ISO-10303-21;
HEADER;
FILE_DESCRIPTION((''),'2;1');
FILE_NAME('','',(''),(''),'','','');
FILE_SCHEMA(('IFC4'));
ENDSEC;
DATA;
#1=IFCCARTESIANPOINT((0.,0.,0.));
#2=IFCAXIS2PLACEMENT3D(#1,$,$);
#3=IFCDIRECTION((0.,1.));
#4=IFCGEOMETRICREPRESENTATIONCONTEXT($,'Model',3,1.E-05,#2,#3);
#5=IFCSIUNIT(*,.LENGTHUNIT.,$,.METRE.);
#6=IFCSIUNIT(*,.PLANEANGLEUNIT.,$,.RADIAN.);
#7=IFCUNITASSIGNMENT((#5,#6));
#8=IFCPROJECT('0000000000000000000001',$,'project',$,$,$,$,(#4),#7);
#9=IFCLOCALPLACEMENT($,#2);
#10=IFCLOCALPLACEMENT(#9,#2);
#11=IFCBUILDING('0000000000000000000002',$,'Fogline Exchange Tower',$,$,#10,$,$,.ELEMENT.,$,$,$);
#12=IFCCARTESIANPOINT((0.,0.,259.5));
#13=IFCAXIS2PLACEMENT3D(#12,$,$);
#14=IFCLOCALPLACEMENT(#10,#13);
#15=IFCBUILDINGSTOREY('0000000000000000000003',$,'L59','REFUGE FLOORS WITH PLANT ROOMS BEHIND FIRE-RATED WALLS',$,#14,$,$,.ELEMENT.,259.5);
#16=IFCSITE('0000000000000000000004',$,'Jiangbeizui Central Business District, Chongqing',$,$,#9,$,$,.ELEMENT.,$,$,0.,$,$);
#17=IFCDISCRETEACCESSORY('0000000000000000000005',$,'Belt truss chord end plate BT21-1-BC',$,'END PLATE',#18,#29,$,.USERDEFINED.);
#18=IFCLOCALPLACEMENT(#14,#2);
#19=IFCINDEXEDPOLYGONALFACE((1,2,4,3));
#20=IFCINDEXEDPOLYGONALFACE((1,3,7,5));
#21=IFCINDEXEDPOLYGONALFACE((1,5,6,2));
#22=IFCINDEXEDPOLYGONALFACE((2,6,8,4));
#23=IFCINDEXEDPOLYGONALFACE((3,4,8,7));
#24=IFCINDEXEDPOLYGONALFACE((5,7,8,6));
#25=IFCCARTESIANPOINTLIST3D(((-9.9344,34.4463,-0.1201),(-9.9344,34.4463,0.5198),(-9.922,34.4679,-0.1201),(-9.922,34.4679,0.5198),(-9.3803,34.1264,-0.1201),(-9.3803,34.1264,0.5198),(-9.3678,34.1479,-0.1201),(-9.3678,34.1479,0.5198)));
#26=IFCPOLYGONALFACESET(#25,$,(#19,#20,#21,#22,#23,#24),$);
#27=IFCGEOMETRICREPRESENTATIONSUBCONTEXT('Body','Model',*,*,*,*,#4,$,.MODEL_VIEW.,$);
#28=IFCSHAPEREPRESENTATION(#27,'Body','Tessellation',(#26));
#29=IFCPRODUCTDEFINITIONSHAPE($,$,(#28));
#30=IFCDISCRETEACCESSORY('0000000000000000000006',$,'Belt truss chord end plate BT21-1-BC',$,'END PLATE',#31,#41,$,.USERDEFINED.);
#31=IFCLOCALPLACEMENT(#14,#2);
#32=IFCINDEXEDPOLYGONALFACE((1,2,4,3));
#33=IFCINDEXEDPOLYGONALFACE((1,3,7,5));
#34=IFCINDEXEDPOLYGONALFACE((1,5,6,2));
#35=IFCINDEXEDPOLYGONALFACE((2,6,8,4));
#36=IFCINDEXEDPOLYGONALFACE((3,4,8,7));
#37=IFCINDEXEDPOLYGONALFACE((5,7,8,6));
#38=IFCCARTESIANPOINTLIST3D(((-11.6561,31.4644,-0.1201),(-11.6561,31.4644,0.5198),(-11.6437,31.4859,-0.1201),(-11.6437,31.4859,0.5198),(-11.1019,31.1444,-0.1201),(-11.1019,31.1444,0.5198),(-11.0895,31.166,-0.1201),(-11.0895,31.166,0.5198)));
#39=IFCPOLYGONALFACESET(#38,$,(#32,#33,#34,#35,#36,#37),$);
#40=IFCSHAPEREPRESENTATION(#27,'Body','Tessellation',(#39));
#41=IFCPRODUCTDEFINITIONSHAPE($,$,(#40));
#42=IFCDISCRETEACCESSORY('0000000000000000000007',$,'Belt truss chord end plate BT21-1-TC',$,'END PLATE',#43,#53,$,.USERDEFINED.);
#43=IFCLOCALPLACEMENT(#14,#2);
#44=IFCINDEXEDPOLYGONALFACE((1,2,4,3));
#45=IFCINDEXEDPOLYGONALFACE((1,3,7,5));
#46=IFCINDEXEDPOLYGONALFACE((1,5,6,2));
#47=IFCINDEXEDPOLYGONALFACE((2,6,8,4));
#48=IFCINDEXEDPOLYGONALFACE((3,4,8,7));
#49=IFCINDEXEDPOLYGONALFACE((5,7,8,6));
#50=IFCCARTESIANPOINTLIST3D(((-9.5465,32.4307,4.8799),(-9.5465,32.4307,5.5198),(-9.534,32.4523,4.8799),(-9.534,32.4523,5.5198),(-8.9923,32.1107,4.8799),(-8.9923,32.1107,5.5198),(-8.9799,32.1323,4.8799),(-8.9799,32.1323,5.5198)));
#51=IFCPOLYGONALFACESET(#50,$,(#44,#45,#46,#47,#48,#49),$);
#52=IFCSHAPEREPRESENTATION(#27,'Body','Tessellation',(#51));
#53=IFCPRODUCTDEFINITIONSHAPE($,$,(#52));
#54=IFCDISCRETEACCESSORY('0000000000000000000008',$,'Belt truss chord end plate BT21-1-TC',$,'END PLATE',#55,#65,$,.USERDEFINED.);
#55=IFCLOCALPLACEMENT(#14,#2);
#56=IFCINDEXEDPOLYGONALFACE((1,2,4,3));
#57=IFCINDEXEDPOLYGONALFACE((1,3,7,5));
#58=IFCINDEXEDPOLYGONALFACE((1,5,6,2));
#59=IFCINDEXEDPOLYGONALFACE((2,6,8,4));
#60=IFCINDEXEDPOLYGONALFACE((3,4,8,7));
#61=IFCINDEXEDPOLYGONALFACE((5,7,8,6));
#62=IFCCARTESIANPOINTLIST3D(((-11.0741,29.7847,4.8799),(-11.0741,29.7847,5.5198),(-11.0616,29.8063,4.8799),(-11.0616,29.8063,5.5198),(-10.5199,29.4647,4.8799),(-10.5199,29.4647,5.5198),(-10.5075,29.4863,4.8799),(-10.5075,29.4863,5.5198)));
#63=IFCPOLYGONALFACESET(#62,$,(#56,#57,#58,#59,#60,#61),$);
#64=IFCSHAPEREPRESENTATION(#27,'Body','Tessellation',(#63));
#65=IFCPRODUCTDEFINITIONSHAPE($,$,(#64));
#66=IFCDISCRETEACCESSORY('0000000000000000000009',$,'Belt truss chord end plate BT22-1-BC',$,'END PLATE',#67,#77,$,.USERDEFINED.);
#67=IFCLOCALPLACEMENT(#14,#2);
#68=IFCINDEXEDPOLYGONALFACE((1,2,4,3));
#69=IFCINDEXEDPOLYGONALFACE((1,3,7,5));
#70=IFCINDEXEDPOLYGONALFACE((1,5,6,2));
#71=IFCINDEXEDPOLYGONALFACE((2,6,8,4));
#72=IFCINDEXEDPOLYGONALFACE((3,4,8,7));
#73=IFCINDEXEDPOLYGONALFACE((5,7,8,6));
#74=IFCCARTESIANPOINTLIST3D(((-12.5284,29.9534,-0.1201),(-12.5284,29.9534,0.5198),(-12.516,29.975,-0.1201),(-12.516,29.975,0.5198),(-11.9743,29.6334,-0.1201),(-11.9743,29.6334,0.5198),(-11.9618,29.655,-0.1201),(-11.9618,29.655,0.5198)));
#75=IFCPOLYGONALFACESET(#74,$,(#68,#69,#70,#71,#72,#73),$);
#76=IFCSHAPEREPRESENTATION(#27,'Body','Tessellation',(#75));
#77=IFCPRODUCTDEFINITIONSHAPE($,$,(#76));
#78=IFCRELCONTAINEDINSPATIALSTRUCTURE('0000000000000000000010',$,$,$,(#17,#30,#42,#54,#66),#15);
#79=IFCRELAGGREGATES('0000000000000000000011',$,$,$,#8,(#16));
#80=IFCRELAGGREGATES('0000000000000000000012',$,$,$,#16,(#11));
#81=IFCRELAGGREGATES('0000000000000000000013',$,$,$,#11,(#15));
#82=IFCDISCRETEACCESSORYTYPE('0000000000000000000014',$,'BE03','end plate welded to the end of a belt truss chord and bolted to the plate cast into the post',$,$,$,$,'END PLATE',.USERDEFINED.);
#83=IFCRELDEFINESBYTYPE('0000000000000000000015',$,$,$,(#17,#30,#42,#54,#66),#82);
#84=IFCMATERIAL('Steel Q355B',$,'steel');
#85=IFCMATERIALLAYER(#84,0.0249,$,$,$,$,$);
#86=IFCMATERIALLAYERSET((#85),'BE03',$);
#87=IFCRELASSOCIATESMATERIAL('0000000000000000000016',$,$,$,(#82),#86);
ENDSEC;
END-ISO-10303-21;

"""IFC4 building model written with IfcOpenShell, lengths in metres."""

from ifc_helpers import new_model, si_unit, direction, frame, origin, origin_2d, place, context, subcontext, project, spatial, rectangle, extrude, material, layer, layer_set, type_object, element, save


model = new_model("IFC4")

# Units and contexts
model_context = context("Model", 3, precision=1e-05, world=origin(), true_north=direction((0.0, 1.0)))
body_context = subcontext(model_context, "Body", "Model", "MODEL_VIEW")
ifc_project = project(units=[si_unit("LENGTHUNIT", "METRE"), si_unit("PLANEANGLEUNIT", "RADIAN")], contexts=[model_context])

# Site, building, storey
site_placement = place(None, origin())
site = spatial("IfcSite", under=ifc_project, at=site_placement, Name="Jiangbeizui Central Business District, Chongqing", CompositionType="ELEMENT", RefElevation=0.0)
building_placement = place(site_placement, origin())
building = spatial("IfcBuilding", under=site, at=building_placement, Name="Fogline Exchange Tower", CompositionType="ELEMENT")
storey_placement = place(building_placement, frame((0.0, 0.0, 259.5)))
storey = spatial("IfcBuildingStorey", under=building, at=storey_placement, Name="L59", Description="REFUGE FLOORS WITH PLANT ROOMS BEHIND FIRE-RATED WALLS", CompositionType="ELEMENT", Elevation=259.5)

# Shared definitions
ifc_material_1 = material(Name="Steel Q355B", Category="steel")

# Discrete accessories
ifc_layer_1 = layer(ifc_material_1, 0.0249)
ifc_layer_set_1 = layer_set([ifc_layer_1], Name="BE03")
discrete_accessory_type = type_object("IfcDiscreteAccessoryType", Name="BE03", Description="end plate welded to the end of a belt truss chord and bolted to the plate cast into the post", ElementType="END PLATE", PredefinedType="USERDEFINED", material=ifc_layer_set_1)
for number, where, z_axis, x_axis, name in (
    (1, (-9.6511, 34.2971, -0.1201), (0.0, 0.0, 1.0), (0.5, 0.866025, 0.0), "Belt truss chord end plate BT21-1-BC"),
    (2, (-11.3728, 31.3152, -0.1201), (0.0, 0.0, 1.0), (-0.5, -0.866025, 0.0), "Belt truss chord end plate BT21-1-BC"),
    (3, (-9.2632, 32.2815, 4.8799), (0.0, 0.0, 1.0), (0.5, 0.866025, 0.0), "Belt truss chord end plate BT21-1-TC"),
    (4, (-10.7908, 29.6355, 4.8799), (0.0, 0.0, 1.0), (-0.5, -0.866025, 0.0), "Belt truss chord end plate BT21-1-TC"),
    (5, (-12.2451, 29.8042, -0.1201), (0.0, 0.0, 1.0), (0.5, 0.866025, 0.0), "Belt truss chord end plate BT22-1-BC"),
):
    element("IfcDiscreteAccessory", number, at=place(storey_placement, frame(where, z_axis=z_axis, x_axis=x_axis)), inside=storey, type_object=discrete_accessory_type, Name=name, ObjectType="END PLATE", PredefinedType="USERDEFINED", context=body_context, shape_type="SweptSolid", body=[
        extrude(rectangle(XDim=0.0249, YDim=0.6399, at=origin_2d()), origin(), (0.0, 0.0, 1.0), 0.6399),
    ])

save(model, "model.ifc")
